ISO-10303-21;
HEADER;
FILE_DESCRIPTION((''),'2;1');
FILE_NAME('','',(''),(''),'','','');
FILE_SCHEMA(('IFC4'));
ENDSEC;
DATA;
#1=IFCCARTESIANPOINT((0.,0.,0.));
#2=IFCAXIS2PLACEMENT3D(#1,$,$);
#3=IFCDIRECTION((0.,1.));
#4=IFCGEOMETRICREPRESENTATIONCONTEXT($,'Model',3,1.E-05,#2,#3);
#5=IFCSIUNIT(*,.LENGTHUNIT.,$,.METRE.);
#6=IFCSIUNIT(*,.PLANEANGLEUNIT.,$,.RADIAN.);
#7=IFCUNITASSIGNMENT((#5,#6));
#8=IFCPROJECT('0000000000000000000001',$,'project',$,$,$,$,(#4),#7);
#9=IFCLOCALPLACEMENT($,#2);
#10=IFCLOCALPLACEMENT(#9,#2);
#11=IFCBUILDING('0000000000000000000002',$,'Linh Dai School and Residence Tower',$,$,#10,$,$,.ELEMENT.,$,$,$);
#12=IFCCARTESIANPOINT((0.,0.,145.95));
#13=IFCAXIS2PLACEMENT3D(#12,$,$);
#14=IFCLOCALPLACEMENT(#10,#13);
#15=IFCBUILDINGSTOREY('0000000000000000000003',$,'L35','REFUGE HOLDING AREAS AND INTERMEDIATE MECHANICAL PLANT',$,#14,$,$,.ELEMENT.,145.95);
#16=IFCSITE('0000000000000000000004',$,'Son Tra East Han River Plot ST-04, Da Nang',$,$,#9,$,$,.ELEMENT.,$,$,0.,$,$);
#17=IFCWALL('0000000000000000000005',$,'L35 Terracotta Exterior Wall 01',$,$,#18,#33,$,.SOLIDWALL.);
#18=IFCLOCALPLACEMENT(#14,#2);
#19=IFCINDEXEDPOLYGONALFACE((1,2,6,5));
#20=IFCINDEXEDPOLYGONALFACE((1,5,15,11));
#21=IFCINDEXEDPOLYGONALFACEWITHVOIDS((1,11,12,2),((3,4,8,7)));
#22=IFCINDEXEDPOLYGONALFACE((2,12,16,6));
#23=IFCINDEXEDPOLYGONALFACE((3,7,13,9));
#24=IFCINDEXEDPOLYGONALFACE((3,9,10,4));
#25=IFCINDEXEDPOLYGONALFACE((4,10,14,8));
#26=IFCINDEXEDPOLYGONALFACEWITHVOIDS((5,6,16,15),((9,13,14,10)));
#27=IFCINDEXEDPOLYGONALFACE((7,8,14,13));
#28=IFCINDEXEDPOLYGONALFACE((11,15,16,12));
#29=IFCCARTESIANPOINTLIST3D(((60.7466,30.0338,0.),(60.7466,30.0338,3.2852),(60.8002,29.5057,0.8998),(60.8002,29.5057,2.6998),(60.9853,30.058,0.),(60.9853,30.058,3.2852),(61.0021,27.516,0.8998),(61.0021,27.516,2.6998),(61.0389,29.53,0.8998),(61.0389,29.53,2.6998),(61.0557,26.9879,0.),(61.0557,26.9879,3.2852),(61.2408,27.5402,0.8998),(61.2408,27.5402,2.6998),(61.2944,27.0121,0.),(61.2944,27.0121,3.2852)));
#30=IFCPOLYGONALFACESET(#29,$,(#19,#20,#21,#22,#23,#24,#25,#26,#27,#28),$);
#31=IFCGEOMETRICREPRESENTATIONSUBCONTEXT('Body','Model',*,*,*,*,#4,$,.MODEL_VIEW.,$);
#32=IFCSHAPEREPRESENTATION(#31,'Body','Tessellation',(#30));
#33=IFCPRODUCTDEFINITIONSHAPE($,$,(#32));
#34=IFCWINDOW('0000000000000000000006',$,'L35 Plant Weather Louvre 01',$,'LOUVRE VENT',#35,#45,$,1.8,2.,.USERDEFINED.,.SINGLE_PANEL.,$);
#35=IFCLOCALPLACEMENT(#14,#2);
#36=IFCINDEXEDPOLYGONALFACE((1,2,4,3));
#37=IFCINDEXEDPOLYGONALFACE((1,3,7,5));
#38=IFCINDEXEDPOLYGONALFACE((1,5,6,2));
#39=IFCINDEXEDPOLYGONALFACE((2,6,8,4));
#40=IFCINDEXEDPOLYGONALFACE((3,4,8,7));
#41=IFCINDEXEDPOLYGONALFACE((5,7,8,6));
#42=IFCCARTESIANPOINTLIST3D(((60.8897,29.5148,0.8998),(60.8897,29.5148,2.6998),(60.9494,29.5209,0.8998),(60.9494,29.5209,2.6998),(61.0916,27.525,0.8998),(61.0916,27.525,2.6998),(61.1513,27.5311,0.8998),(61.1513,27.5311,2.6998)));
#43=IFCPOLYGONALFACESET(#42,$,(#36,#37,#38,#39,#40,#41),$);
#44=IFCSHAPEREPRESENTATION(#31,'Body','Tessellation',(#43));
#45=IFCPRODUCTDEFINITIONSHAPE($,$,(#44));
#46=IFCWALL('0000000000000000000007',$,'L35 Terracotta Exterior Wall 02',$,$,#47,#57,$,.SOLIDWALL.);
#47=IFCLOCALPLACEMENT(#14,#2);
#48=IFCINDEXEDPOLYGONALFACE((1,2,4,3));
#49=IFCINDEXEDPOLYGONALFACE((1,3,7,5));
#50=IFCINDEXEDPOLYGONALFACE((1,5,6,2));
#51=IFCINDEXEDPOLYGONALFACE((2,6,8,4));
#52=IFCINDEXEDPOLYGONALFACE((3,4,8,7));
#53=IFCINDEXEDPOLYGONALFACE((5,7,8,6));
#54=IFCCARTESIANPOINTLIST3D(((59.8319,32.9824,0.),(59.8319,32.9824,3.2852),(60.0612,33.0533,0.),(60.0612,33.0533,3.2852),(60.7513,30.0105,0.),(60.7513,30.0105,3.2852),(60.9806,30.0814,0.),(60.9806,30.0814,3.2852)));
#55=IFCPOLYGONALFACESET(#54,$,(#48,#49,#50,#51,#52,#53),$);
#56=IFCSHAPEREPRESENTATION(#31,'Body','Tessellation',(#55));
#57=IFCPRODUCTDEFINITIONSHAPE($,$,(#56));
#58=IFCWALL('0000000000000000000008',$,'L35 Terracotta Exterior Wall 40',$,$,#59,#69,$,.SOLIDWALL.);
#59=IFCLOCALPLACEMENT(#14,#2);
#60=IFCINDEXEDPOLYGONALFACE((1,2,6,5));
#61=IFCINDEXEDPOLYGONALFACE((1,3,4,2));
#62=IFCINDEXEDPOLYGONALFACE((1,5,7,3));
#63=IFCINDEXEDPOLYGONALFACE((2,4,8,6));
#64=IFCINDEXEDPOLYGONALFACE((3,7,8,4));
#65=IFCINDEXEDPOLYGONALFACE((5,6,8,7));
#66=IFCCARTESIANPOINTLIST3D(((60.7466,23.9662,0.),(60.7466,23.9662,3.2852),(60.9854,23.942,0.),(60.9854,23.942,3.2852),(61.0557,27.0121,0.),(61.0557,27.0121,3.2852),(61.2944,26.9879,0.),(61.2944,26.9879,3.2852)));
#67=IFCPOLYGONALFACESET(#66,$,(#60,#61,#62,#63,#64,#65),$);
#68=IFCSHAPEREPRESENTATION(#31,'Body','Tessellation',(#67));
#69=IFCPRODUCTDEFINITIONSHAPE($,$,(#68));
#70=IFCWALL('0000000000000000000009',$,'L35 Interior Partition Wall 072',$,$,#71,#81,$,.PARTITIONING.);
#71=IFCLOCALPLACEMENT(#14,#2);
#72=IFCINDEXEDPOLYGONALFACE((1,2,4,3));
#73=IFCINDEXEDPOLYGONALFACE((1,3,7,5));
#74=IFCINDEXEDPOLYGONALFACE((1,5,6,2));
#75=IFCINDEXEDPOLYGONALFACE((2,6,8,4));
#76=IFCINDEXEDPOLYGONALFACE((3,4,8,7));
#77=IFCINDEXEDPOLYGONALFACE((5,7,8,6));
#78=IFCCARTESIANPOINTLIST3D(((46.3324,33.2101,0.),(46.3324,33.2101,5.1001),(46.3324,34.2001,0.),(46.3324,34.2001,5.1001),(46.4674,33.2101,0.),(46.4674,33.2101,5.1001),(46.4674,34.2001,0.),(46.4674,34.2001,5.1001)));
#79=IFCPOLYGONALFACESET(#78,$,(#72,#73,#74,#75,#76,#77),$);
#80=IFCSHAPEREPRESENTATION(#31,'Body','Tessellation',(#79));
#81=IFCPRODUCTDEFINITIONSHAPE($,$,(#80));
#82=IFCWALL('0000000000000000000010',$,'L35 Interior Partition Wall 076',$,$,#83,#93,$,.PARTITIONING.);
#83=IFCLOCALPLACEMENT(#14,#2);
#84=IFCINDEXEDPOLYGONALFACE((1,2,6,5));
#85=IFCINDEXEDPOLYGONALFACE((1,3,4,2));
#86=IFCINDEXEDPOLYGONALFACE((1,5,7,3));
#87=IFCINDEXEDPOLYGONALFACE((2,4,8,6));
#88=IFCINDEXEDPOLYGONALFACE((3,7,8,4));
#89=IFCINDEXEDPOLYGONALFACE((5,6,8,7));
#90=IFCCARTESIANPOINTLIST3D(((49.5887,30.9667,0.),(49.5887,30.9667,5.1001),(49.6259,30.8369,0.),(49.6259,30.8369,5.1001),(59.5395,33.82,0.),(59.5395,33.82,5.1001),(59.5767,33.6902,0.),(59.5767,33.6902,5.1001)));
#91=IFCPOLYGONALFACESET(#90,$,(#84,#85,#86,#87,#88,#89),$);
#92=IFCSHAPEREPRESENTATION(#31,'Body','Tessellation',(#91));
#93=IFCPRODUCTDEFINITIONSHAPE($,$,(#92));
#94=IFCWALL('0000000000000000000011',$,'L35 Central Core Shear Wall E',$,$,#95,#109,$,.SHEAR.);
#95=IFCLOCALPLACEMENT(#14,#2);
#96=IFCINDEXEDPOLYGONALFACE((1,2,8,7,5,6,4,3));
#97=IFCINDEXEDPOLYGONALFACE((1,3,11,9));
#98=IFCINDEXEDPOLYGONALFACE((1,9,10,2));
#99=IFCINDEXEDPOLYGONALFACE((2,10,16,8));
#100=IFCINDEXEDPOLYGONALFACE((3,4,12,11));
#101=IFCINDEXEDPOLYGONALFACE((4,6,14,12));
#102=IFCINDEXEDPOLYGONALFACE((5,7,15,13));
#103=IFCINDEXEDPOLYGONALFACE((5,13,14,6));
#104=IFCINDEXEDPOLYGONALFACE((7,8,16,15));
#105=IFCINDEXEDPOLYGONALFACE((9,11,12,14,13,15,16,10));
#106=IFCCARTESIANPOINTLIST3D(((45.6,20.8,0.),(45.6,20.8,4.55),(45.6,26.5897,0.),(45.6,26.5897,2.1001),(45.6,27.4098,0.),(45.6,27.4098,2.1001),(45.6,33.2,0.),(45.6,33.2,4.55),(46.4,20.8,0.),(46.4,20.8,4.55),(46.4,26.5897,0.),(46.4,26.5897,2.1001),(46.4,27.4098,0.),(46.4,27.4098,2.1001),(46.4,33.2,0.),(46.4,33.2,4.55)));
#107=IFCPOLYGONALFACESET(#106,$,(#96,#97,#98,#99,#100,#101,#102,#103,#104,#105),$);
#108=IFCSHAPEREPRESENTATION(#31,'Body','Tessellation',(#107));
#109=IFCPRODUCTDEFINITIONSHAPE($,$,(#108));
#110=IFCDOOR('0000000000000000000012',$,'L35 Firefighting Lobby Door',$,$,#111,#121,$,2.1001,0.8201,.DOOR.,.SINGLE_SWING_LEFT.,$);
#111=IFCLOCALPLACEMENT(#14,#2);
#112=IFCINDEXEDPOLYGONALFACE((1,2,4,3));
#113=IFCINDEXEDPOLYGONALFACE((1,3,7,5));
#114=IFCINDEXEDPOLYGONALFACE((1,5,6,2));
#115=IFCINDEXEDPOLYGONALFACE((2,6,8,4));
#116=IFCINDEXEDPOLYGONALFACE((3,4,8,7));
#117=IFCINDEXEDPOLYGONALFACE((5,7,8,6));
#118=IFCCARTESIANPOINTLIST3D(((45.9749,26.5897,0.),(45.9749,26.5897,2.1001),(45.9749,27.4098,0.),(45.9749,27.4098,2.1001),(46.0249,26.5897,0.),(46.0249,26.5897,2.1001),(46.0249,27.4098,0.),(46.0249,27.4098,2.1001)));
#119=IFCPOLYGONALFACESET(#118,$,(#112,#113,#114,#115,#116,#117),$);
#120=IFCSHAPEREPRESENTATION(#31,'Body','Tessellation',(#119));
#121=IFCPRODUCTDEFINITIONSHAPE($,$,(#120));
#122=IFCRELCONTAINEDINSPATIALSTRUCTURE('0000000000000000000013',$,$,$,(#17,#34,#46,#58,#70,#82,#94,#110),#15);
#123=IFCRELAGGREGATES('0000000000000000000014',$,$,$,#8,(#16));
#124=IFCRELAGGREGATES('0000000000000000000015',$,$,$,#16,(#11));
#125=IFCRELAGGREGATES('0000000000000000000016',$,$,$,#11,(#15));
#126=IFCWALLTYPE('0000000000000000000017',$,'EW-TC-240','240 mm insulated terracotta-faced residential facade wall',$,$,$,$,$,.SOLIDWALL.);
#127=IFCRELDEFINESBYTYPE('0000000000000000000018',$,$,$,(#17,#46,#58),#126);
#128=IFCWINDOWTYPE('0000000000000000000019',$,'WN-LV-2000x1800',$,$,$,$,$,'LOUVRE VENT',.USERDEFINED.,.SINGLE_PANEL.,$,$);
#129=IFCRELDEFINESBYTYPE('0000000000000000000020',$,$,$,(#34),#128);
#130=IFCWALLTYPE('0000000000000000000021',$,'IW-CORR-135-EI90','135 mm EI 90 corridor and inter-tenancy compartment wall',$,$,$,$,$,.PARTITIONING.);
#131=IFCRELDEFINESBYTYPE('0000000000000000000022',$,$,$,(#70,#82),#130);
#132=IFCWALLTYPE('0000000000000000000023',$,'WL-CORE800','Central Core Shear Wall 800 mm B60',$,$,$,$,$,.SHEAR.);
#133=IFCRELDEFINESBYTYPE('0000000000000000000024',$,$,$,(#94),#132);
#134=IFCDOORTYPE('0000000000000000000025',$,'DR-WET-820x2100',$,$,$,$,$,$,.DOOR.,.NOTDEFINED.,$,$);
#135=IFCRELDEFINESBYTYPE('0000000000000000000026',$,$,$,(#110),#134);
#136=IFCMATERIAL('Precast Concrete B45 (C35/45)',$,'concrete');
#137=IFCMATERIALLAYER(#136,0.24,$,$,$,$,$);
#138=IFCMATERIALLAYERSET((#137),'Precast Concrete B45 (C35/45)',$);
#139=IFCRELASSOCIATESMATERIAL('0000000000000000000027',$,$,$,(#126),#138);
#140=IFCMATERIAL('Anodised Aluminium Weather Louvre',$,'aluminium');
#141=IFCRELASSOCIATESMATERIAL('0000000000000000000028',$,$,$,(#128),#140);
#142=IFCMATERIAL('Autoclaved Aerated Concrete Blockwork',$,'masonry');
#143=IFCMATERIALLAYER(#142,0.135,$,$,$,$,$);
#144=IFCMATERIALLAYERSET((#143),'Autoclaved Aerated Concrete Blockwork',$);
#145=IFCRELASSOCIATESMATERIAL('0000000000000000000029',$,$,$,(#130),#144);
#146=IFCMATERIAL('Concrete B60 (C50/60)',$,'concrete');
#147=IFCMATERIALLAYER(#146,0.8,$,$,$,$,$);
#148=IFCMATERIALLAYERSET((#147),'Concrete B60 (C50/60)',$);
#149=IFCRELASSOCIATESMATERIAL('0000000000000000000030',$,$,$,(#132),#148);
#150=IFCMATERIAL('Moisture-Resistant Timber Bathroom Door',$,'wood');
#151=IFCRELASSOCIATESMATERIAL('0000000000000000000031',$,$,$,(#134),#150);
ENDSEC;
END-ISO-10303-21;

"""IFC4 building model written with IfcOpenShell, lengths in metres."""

from ifc_helpers import new_model, si_unit, direction, frame, frame_2d, origin, origin_2d, place, context, subcontext, project, spatial, rectangle, extrude, source, transform, mapped, material, layer, layer_set, type_object, element, fill, save


model = new_model("IFC4")

# Units and contexts
model_context = context("Model", 3, precision=1e-05, world=origin(), true_north=direction((0.0, 1.0)))
body_context = subcontext(model_context, "Body", "Model", "MODEL_VIEW")
ifc_project = project(units=[si_unit("LENGTHUNIT", "METRE"), si_unit("PLANEANGLEUNIT", "RADIAN")], contexts=[model_context])

# Site, building, storey
site_placement = place(None, origin())
site = spatial("IfcSite", under=ifc_project, at=site_placement, Name="Son Tra East Han River Plot ST-04, Da Nang", CompositionType="ELEMENT", RefElevation=0.0)
building_placement = place(site_placement, origin())
building = spatial("IfcBuilding", under=site, at=building_placement, Name="Linh Dai School and Residence Tower", CompositionType="ELEMENT")
storey_placement = place(building_placement, frame((0.0, 0.0, 145.95)))
storey = spatial("IfcBuildingStorey", under=building, at=storey_placement, Name="L35", Description="REFUGE HOLDING AREAS AND INTERMEDIATE MECHANICAL PLANT", CompositionType="ELEMENT", Elevation=145.95)

# Shared definitions
ifc_material_1 = material(Name="Concrete B60 (C50/60)", Category="concrete")

# Wall, opening, window
ifc_material_2 = material(Name="Precast Concrete B45 (C35/45)", Category="concrete")
ifc_layer_1 = layer(ifc_material_2, 0.24)
ifc_layer_set_1 = layer_set([ifc_layer_1], Name="Precast Concrete B45 (C35/45)")
wall_type_1 = type_object("IfcWallType", Name="EW-TC-240", Description="240 mm insulated terracotta-faced residential facade wall", PredefinedType="SOLIDWALL", material=ifc_layer_set_1)
wall_1_placement = place(storey_placement, frame((60.866, 30.0459, 0.0), z_axis=(0.0, 0.0, 1.0), x_axis=(0.100956, -0.994891, 0.0)))
wall_1 = element("IfcWall", 1, at=wall_1_placement, inside=storey, type_object=wall_type_1, Name="L35 Terracotta Exterior Wall 01", PredefinedType="SOLIDWALL", context=body_context, shape_type="SweptSolid", body=[
    extrude(rectangle(XDim=3.0615, YDim=0.24, at=frame_2d((1.5308, 0.0))), origin(), (0.0, 0.0, 1.0), 3.2852),
])
opening_1_placement = place(wall_1_placement, frame((0.5308, 0.0, 0.8999)))
opening_1 = element("IfcOpeningElement", 2, at=opening_1_placement, cuts=wall_1, PredefinedType="OPENING", context=body_context, shape_type="SweptSolid", body=[
    extrude(rectangle(XDim=2.0, YDim=1.8, at=origin_2d()), frame((1.0, 0.1299, 0.8999), z_axis=(0.0, -1.0, 0.0), x_axis=(1.0, 0.0, 0.0)), (0.0, 0.0, 1.0), 0.26),
])
ifc_material_3 = material(Name="Anodised Aluminium Weather Louvre", Category="aluminium")
window_type = type_object("IfcWindowType", Name="WN-LV-2000x1800", ElementType="LOUVRE VENT", PartitioningType="SINGLE_PANEL", PredefinedType="USERDEFINED", material=ifc_material_3)
shared_shape_1 = source(origin(), body_context, "Body", "SweptSolid", [
    extrude(rectangle(XDim=2.0, YDim=1.8, at=origin_2d()), frame((1.0, 0.03, 0.8999), z_axis=(0.0, -1.0, 0.0), x_axis=(1.0, 0.0, 0.0)), (0.0, 0.0, 1.0), 0.0601),
])
window_placement = place(opening_1_placement, origin())
window = element("IfcWindow", 3, at=window_placement, inside=storey, type_object=window_type, Name="L35 Plant Weather Louvre 01", ObjectType="LOUVRE VENT", OverallHeight=1.8, OverallWidth=2.0, PartitioningType="SINGLE_PANEL", PredefinedType="USERDEFINED", context=body_context, shape_type="MappedRepresentation", body=[
    mapped(shared_shape_1, transform((0.0, 0.0, 0.0), x_axis=(1.0, 0.0, 0.0), y_axis=(0.0, 1.0, 0.0), z_axis=(0.0, 0.0, 1.0), scale=1.0)),
])
fill(opening_1, window)

# Walls
wall_2_placement = place(storey_placement, frame((59.9465, 33.0178, 0.0), z_axis=(0.0, 0.0, 1.0), x_axis=(0.295552, -0.955327, 0.0)))
element("IfcWall", 4, at=wall_2_placement, inside=storey, type_object=wall_type_1, Name="L35 Terracotta Exterior Wall 02", PredefinedType="SOLIDWALL", context=body_context, shape_type="SweptSolid", body=[
    extrude(rectangle(XDim=3.1108, YDim=0.24, at=frame_2d((1.5554, 0.0))), origin(), (0.0, 0.0, 1.0), 3.2852),
])
wall_3_placement = place(storey_placement, frame((61.175, 27.0, 0.0), z_axis=(0.0, 0.0, 1.0), x_axis=(-0.100956, -0.994891, 0.0)))
element("IfcWall", 5, at=wall_3_placement, inside=storey, type_object=wall_type_1, Name="L35 Terracotta Exterior Wall 40", PredefinedType="SOLIDWALL", context=body_context, shape_type="SweptSolid", body=[
    extrude(rectangle(XDim=3.0615, YDim=0.24, at=frame_2d((1.5308, 0.0))), origin(), (0.0, 0.0, 1.0), 3.2852),
])
ifc_material_4 = material(Name="Autoclaved Aerated Concrete Blockwork", Category="masonry")
ifc_layer_2 = layer(ifc_material_4, 0.135)
ifc_layer_set_2 = layer_set([ifc_layer_2], Name="Autoclaved Aerated Concrete Blockwork")
wall_type_2 = type_object("IfcWallType", Name="IW-CORR-135-EI90", Description="135 mm EI 90 corridor and inter-tenancy compartment wall", PredefinedType="PARTITIONING", material=ifc_layer_set_2)
wall_4_placement = place(storey_placement, frame((46.3999, 33.21, 0.0), z_axis=(0.0, 0.0, 1.0), x_axis=(0.0, 1.0, 0.0)))
element("IfcWall", 6, at=wall_4_placement, inside=storey, type_object=wall_type_2, Name="L35 Interior Partition Wall 072", PredefinedType="PARTITIONING", context=body_context, shape_type="SweptSolid", body=[
    extrude(rectangle(XDim=0.99, YDim=0.135, at=frame_2d((0.4951, 0.0))), origin(), (0.0, 0.0, 1.0), 5.1001),
])
wall_5_placement = place(storey_placement, frame((49.6074, 30.9019, 0.0), z_axis=(0.0, 0.0, 1.0), x_axis=(0.961265, 0.275627, 0.0)))
element("IfcWall", 7, at=wall_5_placement, inside=storey, type_object=wall_type_2, Name="L35 Interior Partition Wall 076", PredefinedType="PARTITIONING", context=body_context, shape_type="SweptSolid", body=[
    extrude(rectangle(XDim=10.3518, YDim=0.135, at=frame_2d((5.1758, 0.0))), origin(), (0.0, 0.0, 1.0), 5.1001),
])

# Wall, opening, door
ifc_layer_3 = layer(ifc_material_1, 0.8)
ifc_layer_set_3 = layer_set([ifc_layer_3], Name="Concrete B60 (C50/60)")
wall_type_3 = type_object("IfcWallType", Name="WL-CORE800", Description="Central Core Shear Wall 800 mm B60", PredefinedType="SHEAR", material=ifc_layer_set_3)
wall_6_placement = place(storey_placement, frame((46.0, 33.2, 0.0), z_axis=(0.0, 0.0, 1.0), x_axis=(0.0, -1.0, 0.0)))
wall_6 = element("IfcWall", 8, at=wall_6_placement, inside=storey, type_object=wall_type_3, Name="L35 Central Core Shear Wall E", PredefinedType="SHEAR", context=body_context, shape_type="SweptSolid", body=[
    extrude(rectangle(XDim=12.3999, YDim=0.8, at=frame_2d((6.2, 0.0))), origin(), (0.0, 0.0, 1.0), 4.55),
])
opening_2_placement = place(wall_6_placement, frame((5.79, 0.0, 0.0)))
opening_2 = element("IfcOpeningElement", 9, at=opening_2_placement, cuts=wall_6, PredefinedType="OPENING", context=body_context, shape_type="SweptSolid", body=[
    extrude(rectangle(XDim=0.8201, YDim=2.1001, at=origin_2d()), frame((0.4102, 0.4102, 1.05), z_axis=(0.0, -1.0, 0.0), x_axis=(1.0, 0.0, 0.0)), (0.0, 0.0, 1.0), 0.8201),
])
ifc_material_5 = material(Name="Moisture-Resistant Timber Bathroom Door", Category="wood")
door_type = type_object("IfcDoorType", Name="DR-WET-820x2100", OperationType="NOTDEFINED", PredefinedType="DOOR", material=ifc_material_5)
shared_shape_2 = source(origin(), body_context, "Body", "SweptSolid", [
    extrude(rectangle(XDim=0.8201, YDim=2.1001, at=origin_2d()), frame((0.4102, 0.0249, 1.05), z_axis=(0.0, -1.0, 0.0), x_axis=(1.0, 0.0, 0.0)), (0.0, 0.0, 1.0), 0.05),
])
door_placement = place(opening_2_placement, origin())
door = element("IfcDoor", 10, at=door_placement, inside=storey, type_object=door_type, Name="L35 Firefighting Lobby Door", OperationType="SINGLE_SWING_LEFT", OverallHeight=2.1001, OverallWidth=0.8201, PredefinedType="DOOR", context=body_context, shape_type="MappedRepresentation", body=[
    mapped(shared_shape_2, transform((0.0, 0.0, 0.0), x_axis=(1.0, 0.0, 0.0), y_axis=(0.0, 1.0, 0.0), z_axis=(0.0, 0.0, 1.0), scale=1.0)),
])
fill(opening_2, door)

save(model, "model.ifc")
